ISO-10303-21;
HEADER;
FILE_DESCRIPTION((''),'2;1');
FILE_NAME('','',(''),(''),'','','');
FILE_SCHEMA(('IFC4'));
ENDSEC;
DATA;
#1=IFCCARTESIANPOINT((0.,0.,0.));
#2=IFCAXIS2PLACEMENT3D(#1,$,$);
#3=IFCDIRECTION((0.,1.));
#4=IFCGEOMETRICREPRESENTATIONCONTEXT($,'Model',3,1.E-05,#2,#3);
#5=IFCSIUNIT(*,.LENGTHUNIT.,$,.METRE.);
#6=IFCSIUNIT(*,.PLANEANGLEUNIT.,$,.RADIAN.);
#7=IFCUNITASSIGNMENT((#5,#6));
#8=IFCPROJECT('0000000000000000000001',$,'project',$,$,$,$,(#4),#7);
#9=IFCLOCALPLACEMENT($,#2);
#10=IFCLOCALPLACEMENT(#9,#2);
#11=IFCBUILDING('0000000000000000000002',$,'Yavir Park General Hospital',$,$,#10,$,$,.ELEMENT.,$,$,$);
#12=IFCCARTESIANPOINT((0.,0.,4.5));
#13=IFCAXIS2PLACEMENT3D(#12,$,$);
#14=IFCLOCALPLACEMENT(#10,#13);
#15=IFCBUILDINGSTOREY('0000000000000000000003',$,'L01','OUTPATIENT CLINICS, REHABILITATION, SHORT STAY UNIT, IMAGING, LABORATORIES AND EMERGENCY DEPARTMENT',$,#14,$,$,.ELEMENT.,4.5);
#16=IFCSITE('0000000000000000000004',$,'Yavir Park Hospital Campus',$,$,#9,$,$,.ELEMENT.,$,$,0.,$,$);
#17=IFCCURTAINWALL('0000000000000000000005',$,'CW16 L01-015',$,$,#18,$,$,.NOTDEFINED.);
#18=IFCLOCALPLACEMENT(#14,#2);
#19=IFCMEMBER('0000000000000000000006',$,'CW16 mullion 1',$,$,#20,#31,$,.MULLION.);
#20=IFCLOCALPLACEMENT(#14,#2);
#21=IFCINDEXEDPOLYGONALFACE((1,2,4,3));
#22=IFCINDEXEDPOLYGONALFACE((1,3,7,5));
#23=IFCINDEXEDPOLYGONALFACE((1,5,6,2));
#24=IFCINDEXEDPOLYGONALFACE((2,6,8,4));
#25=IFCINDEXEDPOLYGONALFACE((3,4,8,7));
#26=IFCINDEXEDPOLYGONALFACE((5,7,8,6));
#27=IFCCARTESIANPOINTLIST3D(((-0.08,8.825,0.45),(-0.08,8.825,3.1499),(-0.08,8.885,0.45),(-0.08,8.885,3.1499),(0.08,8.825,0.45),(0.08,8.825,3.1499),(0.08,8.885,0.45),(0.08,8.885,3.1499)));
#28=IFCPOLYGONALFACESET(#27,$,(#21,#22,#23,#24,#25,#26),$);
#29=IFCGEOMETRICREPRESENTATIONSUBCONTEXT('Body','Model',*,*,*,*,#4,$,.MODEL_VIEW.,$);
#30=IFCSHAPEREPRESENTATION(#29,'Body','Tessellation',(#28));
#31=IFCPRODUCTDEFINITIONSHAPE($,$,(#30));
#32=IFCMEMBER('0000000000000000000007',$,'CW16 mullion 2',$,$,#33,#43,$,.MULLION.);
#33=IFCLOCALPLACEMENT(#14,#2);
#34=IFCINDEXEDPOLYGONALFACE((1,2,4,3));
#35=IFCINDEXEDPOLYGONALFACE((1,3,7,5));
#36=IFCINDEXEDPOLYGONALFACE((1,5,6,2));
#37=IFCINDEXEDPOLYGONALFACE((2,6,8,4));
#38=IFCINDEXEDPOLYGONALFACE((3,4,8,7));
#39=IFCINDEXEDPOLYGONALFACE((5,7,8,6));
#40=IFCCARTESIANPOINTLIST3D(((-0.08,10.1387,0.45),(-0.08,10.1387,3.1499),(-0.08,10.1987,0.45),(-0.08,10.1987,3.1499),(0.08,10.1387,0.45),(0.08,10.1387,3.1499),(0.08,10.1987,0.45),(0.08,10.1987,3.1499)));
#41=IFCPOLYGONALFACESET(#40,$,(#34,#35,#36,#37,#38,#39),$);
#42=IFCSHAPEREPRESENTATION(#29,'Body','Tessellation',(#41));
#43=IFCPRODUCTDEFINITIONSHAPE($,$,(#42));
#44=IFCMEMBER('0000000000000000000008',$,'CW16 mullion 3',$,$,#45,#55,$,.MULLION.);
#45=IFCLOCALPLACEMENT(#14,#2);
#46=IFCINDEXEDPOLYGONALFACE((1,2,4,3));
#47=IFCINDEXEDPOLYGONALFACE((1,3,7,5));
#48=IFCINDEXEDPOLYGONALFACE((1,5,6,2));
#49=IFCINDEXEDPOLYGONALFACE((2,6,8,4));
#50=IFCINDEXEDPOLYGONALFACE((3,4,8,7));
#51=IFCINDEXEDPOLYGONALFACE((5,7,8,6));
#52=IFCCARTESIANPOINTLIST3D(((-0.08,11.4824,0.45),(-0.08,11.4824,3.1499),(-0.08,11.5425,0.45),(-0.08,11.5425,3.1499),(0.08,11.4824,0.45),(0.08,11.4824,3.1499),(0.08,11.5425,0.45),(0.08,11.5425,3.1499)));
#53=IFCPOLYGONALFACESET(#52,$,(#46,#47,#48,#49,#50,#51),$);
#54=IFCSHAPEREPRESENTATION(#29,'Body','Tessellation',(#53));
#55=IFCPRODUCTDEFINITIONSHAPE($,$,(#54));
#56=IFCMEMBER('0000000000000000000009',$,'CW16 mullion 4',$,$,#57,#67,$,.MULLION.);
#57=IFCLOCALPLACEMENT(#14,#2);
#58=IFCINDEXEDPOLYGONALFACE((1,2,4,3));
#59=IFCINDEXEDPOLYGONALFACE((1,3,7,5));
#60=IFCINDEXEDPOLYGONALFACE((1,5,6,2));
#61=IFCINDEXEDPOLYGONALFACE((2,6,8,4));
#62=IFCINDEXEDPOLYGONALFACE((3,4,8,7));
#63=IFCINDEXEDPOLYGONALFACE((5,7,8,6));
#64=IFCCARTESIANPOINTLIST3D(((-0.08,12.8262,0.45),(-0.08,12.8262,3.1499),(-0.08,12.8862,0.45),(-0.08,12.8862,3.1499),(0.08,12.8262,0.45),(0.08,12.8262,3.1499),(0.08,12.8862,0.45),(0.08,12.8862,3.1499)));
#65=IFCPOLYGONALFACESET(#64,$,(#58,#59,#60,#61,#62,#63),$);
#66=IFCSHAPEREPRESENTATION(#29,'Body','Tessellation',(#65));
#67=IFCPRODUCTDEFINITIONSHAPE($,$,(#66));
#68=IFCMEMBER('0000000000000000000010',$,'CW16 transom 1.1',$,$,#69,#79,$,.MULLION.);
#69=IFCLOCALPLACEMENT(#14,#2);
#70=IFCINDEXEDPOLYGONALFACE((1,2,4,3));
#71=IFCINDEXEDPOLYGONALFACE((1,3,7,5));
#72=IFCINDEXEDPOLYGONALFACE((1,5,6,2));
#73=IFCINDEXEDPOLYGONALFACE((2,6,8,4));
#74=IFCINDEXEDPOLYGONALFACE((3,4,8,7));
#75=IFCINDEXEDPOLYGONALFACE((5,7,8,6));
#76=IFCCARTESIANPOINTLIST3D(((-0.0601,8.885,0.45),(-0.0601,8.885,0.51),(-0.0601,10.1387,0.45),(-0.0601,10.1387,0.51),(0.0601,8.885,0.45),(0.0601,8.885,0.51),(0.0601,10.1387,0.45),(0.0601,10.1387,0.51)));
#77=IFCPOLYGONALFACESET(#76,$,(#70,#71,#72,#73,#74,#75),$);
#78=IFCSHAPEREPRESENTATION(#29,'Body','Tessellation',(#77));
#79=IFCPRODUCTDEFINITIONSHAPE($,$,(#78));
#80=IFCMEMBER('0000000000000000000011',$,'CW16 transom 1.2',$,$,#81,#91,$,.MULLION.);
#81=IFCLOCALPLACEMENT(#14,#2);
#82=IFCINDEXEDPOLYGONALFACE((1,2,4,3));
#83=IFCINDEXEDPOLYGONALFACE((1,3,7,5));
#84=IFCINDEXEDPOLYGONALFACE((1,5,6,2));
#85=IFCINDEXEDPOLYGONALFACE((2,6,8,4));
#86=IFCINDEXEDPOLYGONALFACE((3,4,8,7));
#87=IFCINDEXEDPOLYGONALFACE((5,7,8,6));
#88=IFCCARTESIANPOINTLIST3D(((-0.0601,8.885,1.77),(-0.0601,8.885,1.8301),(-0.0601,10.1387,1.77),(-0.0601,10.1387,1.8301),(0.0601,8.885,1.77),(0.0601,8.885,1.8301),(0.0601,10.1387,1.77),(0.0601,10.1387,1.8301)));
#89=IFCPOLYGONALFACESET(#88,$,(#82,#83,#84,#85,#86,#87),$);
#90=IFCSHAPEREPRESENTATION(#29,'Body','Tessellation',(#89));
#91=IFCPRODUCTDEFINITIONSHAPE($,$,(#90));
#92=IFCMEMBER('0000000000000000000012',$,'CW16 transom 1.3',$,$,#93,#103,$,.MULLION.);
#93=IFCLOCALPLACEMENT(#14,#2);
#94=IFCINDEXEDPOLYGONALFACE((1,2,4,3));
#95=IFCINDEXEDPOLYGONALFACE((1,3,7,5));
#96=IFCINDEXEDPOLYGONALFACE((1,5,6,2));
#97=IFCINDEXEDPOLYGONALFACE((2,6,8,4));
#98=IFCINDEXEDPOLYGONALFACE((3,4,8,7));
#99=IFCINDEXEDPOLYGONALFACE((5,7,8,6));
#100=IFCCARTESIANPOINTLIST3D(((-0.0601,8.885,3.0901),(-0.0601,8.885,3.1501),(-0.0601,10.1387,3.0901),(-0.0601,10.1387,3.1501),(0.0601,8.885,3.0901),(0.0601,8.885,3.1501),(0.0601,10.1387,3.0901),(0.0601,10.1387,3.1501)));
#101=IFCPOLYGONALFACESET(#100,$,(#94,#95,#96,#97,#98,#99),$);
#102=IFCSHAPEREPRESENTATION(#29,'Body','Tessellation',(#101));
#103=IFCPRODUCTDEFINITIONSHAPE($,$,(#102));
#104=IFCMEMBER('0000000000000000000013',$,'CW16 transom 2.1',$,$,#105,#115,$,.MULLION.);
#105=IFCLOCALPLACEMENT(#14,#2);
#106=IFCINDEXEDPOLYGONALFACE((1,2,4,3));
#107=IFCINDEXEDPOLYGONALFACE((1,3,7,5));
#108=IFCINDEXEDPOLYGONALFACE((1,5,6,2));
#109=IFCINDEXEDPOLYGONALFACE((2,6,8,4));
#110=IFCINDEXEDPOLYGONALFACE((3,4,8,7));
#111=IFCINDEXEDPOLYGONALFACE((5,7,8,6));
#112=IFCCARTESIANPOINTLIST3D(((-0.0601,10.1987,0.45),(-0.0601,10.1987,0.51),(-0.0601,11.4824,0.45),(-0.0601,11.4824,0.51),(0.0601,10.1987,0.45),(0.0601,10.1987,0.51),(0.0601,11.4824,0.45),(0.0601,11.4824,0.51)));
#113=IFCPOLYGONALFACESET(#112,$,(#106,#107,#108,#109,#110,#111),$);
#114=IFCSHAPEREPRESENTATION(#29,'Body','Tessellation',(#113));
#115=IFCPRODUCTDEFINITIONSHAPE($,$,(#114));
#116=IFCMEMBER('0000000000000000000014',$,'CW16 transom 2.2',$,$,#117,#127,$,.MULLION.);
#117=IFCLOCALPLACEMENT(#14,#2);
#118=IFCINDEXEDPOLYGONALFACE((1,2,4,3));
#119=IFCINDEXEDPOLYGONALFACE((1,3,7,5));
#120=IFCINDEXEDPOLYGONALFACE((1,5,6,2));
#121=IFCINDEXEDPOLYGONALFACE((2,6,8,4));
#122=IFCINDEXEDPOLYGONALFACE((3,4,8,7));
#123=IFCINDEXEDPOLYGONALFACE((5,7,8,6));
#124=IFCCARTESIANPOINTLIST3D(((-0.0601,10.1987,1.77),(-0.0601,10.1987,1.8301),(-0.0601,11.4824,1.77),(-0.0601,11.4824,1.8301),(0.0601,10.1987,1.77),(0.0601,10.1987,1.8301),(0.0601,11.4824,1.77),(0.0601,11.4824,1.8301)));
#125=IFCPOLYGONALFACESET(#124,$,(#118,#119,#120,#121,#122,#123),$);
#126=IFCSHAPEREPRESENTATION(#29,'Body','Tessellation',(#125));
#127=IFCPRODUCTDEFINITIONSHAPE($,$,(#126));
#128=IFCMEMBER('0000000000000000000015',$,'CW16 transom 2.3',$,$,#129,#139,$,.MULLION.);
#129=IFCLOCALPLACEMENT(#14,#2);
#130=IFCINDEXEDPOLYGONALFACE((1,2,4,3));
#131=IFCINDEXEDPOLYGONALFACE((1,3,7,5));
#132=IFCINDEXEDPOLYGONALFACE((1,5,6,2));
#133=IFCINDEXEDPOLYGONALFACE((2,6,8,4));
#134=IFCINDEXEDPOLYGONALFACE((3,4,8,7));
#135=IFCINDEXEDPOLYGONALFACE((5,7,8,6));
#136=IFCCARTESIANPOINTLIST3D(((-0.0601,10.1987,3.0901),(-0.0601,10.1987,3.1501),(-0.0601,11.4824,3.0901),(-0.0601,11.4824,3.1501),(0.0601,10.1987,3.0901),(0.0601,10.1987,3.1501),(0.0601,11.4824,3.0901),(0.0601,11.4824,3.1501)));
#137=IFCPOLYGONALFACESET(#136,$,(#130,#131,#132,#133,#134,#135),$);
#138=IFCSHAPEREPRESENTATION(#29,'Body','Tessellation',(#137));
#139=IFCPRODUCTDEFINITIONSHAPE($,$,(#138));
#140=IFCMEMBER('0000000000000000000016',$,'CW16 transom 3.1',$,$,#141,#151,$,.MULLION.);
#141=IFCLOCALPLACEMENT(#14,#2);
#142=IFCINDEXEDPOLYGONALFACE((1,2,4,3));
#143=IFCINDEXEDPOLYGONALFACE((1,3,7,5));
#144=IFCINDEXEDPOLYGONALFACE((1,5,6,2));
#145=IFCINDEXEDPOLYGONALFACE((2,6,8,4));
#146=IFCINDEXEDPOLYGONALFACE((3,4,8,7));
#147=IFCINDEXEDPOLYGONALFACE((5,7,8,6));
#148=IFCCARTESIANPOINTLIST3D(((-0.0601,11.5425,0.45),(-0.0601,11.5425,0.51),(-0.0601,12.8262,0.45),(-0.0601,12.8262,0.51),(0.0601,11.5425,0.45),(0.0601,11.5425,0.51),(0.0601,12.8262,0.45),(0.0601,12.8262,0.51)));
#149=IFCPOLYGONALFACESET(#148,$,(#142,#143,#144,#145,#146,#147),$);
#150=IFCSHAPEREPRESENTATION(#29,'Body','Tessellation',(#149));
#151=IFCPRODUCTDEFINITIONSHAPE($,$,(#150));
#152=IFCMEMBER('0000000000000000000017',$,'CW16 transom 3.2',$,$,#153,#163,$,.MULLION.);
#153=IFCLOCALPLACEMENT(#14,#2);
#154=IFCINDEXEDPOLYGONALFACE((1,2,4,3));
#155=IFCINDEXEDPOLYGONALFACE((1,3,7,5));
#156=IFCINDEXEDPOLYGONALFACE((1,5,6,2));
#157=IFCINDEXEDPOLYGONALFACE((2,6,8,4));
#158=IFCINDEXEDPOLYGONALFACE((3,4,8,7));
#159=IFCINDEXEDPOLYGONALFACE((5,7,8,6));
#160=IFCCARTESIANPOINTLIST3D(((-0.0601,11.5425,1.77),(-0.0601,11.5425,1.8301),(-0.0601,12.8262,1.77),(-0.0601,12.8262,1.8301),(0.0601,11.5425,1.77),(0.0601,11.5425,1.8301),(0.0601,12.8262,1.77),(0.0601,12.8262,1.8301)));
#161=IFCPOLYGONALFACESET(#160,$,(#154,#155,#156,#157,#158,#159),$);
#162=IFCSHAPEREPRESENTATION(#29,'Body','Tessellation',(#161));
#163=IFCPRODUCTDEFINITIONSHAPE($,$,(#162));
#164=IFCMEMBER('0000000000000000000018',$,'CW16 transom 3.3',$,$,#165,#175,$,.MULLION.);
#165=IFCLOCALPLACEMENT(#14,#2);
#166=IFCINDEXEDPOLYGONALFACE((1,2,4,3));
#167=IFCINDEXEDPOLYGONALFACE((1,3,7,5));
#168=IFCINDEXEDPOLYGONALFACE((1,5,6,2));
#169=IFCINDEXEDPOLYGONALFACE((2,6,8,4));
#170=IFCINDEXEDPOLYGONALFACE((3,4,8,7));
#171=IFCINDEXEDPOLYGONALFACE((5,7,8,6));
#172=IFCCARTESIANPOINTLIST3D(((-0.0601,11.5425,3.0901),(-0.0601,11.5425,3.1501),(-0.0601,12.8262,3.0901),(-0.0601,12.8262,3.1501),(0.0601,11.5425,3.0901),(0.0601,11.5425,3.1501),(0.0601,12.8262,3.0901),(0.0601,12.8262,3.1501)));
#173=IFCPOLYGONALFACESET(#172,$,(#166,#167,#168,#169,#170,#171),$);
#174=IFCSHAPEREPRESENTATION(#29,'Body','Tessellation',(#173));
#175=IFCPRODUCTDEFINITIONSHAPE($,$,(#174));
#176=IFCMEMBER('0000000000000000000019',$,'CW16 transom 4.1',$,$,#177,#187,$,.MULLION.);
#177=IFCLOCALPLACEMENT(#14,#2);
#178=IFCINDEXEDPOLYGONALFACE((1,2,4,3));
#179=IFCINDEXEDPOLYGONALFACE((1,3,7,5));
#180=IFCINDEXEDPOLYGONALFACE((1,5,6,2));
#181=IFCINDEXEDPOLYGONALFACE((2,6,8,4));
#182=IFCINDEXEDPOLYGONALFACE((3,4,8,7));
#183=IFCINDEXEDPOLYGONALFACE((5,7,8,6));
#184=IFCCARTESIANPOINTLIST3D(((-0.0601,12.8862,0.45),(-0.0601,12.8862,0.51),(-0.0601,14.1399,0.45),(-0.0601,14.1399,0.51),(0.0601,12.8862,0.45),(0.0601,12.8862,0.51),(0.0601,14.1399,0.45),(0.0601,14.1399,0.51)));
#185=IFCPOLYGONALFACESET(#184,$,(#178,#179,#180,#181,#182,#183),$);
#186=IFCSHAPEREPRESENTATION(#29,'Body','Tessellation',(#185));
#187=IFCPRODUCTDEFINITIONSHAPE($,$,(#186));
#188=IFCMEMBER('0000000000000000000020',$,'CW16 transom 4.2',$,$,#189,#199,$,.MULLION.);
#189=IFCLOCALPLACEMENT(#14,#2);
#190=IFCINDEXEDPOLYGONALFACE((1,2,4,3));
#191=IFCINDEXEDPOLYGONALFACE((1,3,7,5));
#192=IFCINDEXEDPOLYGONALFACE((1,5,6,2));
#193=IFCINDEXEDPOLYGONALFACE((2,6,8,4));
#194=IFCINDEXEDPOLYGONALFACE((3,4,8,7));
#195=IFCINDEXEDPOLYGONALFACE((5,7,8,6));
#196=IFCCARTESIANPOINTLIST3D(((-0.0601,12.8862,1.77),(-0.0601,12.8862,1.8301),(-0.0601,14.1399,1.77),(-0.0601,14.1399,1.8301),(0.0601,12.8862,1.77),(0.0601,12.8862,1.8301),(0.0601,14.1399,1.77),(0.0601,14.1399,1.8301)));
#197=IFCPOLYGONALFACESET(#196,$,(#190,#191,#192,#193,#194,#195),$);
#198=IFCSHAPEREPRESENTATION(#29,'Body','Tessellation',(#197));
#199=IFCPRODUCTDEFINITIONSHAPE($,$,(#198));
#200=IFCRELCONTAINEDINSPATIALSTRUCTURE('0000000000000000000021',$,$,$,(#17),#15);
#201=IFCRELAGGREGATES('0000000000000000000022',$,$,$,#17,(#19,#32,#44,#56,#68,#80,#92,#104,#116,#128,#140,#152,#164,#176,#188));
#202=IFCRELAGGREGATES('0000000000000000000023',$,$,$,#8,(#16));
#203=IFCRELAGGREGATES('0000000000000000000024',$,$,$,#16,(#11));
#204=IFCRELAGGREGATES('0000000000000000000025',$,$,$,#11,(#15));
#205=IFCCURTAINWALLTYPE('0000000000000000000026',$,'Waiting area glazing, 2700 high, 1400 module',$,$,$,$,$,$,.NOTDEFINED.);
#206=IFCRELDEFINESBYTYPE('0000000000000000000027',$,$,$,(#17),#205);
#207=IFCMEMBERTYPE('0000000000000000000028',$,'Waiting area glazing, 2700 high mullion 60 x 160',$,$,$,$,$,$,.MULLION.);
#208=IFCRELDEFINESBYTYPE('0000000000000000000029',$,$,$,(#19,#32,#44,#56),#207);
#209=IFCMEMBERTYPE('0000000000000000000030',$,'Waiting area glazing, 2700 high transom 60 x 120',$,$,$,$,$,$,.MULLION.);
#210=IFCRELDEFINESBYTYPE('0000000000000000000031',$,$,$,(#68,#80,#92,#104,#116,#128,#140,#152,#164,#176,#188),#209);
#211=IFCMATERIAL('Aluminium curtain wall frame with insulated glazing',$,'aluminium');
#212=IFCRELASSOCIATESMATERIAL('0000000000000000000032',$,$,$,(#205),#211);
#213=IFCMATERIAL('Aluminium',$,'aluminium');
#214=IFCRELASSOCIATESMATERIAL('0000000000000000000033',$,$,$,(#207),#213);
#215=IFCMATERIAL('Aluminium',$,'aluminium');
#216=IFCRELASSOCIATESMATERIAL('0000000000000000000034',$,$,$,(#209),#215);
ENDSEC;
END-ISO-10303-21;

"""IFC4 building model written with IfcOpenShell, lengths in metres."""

from ifc_helpers import new_model, si_unit, direction, frame, origin, origin_2d, place, context, subcontext, project, spatial, rectangle, extrude, material, material_profile, profile_set, type_object, element, aggregate, save


model = new_model("IFC4")

# Units and contexts
model_context = context("Model", 3, precision=1e-05, world=origin(), true_north=direction((0.0, 1.0)))
body_context = subcontext(model_context, "Body", "Model", "MODEL_VIEW")
ifc_project = project(units=[si_unit("LENGTHUNIT", "METRE"), si_unit("PLANEANGLEUNIT", "RADIAN")], contexts=[model_context])

# Site, building, storey
site_placement = place(None, origin())
site = spatial("IfcSite", under=ifc_project, at=site_placement, Name="Yavir Park Hospital Campus", CompositionType="ELEMENT", RefElevation=0.0)
building_placement = place(site_placement, origin())
building = spatial("IfcBuilding", under=site, at=building_placement, Name="Yavir Park General Hospital", CompositionType="ELEMENT")
storey_placement = place(building_placement, frame((0.0, 0.0, 4.5)))
storey = spatial("IfcBuildingStorey", under=building, at=storey_placement, Name="L01", Description="OUTPATIENT CLINICS, REHABILITATION, SHORT STAY UNIT, IMAGING, LABORATORIES AND EMERGENCY DEPARTMENT", CompositionType="ELEMENT", Elevation=4.5)

# Curtain wall, members
ifc_material_1 = material(Name="Aluminium curtain wall frame with insulated glazing", Category="aluminium")
curtain_wall_type = type_object("IfcCurtainWallType", Name="Waiting area glazing, 2700 high, 1400 module", PredefinedType="NOTDEFINED", material=ifc_material_1)
curtain_wall_placement = place(storey_placement, origin())
curtain_wall = element("IfcCurtainWall", 1, at=curtain_wall_placement, inside=storey, type_object=curtain_wall_type, Name="CW16 L01-015", PredefinedType="NOTDEFINED")
ifc_material_2 = material(Name="Aluminium", Category="aluminium")
ifc_material_profile_1 = material_profile(ifc_material_2, rectangle(XDim=0.1599, YDim=0.0601, at=origin_2d()), Name="AL 60x160")
ifc_profile_set_1 = profile_set([ifc_material_profile_1], Name="Aluminium")
member_type_1 = type_object("IfcMemberType", Name="Waiting area glazing, 2700 high mullion 60 x 160", PredefinedType="MULLION", material=ifc_profile_set_1)
member_1_placement = place(storey_placement, frame((0.0, 8.855, 0.45), z_axis=(0.0, 0.0, 1.0), x_axis=(-1.0, 0.0, 0.0)))
member_1 = element("IfcMember", 2, at=member_1_placement, type_object=member_type_1, Name="CW16 mullion 1", PredefinedType="MULLION", context=body_context, shape_type="SweptSolid", body=[
    extrude(rectangle(XDim=0.1599, YDim=0.0601, at=origin_2d()), origin(), (0.0, 0.0, 1.0), 2.7),
])
member_2_placement = place(storey_placement, frame((0.0, 10.1687, 0.45), z_axis=(0.0, 0.0, 1.0), x_axis=(-1.0, 0.0, 0.0)))
member_2 = element("IfcMember", 3, at=member_2_placement, type_object=member_type_1, Name="CW16 mullion 2", PredefinedType="MULLION", context=body_context, shape_type="SweptSolid", body=[
    extrude(rectangle(XDim=0.1599, YDim=0.0601, at=origin_2d()), origin(), (0.0, 0.0, 1.0), 2.7),
])
member_3_placement = place(storey_placement, frame((0.0, 11.5125, 0.45), z_axis=(0.0, 0.0, 1.0), x_axis=(-1.0, 0.0, 0.0)))
member_3 = element("IfcMember", 4, at=member_3_placement, type_object=member_type_1, Name="CW16 mullion 3", PredefinedType="MULLION", context=body_context, shape_type="SweptSolid", body=[
    extrude(rectangle(XDim=0.1599, YDim=0.0601, at=origin_2d()), origin(), (0.0, 0.0, 1.0), 2.7),
])
member_4_placement = place(storey_placement, frame((0.0, 12.8562, 0.45), z_axis=(0.0, 0.0, 1.0), x_axis=(-1.0, 0.0, 0.0)))
member_4 = element("IfcMember", 5, at=member_4_placement, type_object=member_type_1, Name="CW16 mullion 4", PredefinedType="MULLION", context=body_context, shape_type="SweptSolid", body=[
    extrude(rectangle(XDim=0.1599, YDim=0.0601, at=origin_2d()), origin(), (0.0, 0.0, 1.0), 2.7),
])
ifc_material_3 = material(Name="Aluminium", Category="aluminium")
ifc_material_profile_2 = material_profile(ifc_material_3, rectangle(XDim=0.1201, YDim=0.0601, at=origin_2d()), Name="AL 120x60")
ifc_profile_set_2 = profile_set([ifc_material_profile_2], Name="Aluminium")
member_type_2 = type_object("IfcMemberType", Name="Waiting area glazing, 2700 high transom 60 x 120", PredefinedType="MULLION", material=ifc_profile_set_2)
member_5_placement = place(storey_placement, frame((0.0, 8.885, 0.48), z_axis=(0.0, 1.0, 0.0), x_axis=(-1.0, 0.0, 0.0)))
member_5 = element("IfcMember", 6, at=member_5_placement, type_object=member_type_2, Name="CW16 transom 1.1", PredefinedType="MULLION", context=body_context, shape_type="SweptSolid", body=[
    extrude(rectangle(XDim=0.1201, YDim=0.0601, at=origin_2d()), origin(), (0.0, 0.0, 1.0), 1.2537),
])
member_6_placement = place(storey_placement, frame((0.0, 8.885, 1.8), z_axis=(0.0, 1.0, 0.0), x_axis=(-1.0, 0.0, 0.0)))
member_6 = element("IfcMember", 7, at=member_6_placement, type_object=member_type_2, Name="CW16 transom 1.2", PredefinedType="MULLION", context=body_context, shape_type="SweptSolid", body=[
    extrude(rectangle(XDim=0.1201, YDim=0.0601, at=origin_2d()), origin(), (0.0, 0.0, 1.0), 1.2537),
])
member_7_placement = place(storey_placement, frame((0.0, 8.885, 3.1201), z_axis=(0.0, 1.0, 0.0), x_axis=(-1.0, 0.0, 0.0)))
member_7 = element("IfcMember", 8, at=member_7_placement, type_object=member_type_2, Name="CW16 transom 1.3", PredefinedType="MULLION", context=body_context, shape_type="SweptSolid", body=[
    extrude(rectangle(XDim=0.1201, YDim=0.0601, at=origin_2d()), origin(), (0.0, 0.0, 1.0), 1.2537),
])
member_8_placement = place(storey_placement, frame((0.0, 10.1987, 0.48), z_axis=(0.0, 1.0, 0.0), x_axis=(-1.0, 0.0, 0.0)))
member_8 = element("IfcMember", 9, at=member_8_placement, type_object=member_type_2, Name="CW16 transom 2.1", PredefinedType="MULLION", context=body_context, shape_type="SweptSolid", body=[
    extrude(rectangle(XDim=0.1201, YDim=0.0601, at=origin_2d()), origin(), (0.0, 0.0, 1.0), 1.2837),
])
member_9_placement = place(storey_placement, frame((0.0, 10.1987, 1.8), z_axis=(0.0, 1.0, 0.0), x_axis=(-1.0, 0.0, 0.0)))
member_9 = element("IfcMember", 10, at=member_9_placement, type_object=member_type_2, Name="CW16 transom 2.2", PredefinedType="MULLION", context=body_context, shape_type="SweptSolid", body=[
    extrude(rectangle(XDim=0.1201, YDim=0.0601, at=origin_2d()), origin(), (0.0, 0.0, 1.0), 1.2837),
])
member_10_placement = place(storey_placement, frame((0.0, 10.1987, 3.1201), z_axis=(0.0, 1.0, 0.0), x_axis=(-1.0, 0.0, 0.0)))
member_10 = element("IfcMember", 11, at=member_10_placement, type_object=member_type_2, Name="CW16 transom 2.3", PredefinedType="MULLION", context=body_context, shape_type="SweptSolid", body=[
    extrude(rectangle(XDim=0.1201, YDim=0.0601, at=origin_2d()), origin(), (0.0, 0.0, 1.0), 1.2837),
])
member_11_placement = place(storey_placement, frame((0.0, 11.5425, 0.48), z_axis=(0.0, 1.0, 0.0), x_axis=(-1.0, 0.0, 0.0)))
member_11 = element("IfcMember", 12, at=member_11_placement, type_object=member_type_2, Name="CW16 transom 3.1", PredefinedType="MULLION", context=body_context, shape_type="SweptSolid", body=[
    extrude(rectangle(XDim=0.1201, YDim=0.0601, at=origin_2d()), origin(), (0.0, 0.0, 1.0), 1.2837),
])
member_12_placement = place(storey_placement, frame((0.0, 11.5425, 1.8), z_axis=(0.0, 1.0, 0.0), x_axis=(-1.0, 0.0, 0.0)))
member_12 = element("IfcMember", 13, at=member_12_placement, type_object=member_type_2, Name="CW16 transom 3.2", PredefinedType="MULLION", context=body_context, shape_type="SweptSolid", body=[
    extrude(rectangle(XDim=0.1201, YDim=0.0601, at=origin_2d()), origin(), (0.0, 0.0, 1.0), 1.2837),
])
member_13_placement = place(storey_placement, frame((0.0, 11.5425, 3.1201), z_axis=(0.0, 1.0, 0.0), x_axis=(-1.0, 0.0, 0.0)))
member_13 = element("IfcMember", 14, at=member_13_placement, type_object=member_type_2, Name="CW16 transom 3.3", PredefinedType="MULLION", context=body_context, shape_type="SweptSolid", body=[
    extrude(rectangle(XDim=0.1201, YDim=0.0601, at=origin_2d()), origin(), (0.0, 0.0, 1.0), 1.2837),
])
member_14_placement = place(storey_placement, frame((0.0, 12.8862, 0.48), z_axis=(0.0, 1.0, 0.0), x_axis=(-1.0, 0.0, 0.0)))
member_14 = element("IfcMember", 15, at=member_14_placement, type_object=member_type_2, Name="CW16 transom 4.1", PredefinedType="MULLION", context=body_context, shape_type="SweptSolid", body=[
    extrude(rectangle(XDim=0.1201, YDim=0.0601, at=origin_2d()), origin(), (0.0, 0.0, 1.0), 1.2537),
])
member_15_placement = place(storey_placement, frame((0.0, 12.8862, 1.8), z_axis=(0.0, 1.0, 0.0), x_axis=(-1.0, 0.0, 0.0)))
member_15 = element("IfcMember", 16, at=member_15_placement, type_object=member_type_2, Name="CW16 transom 4.2", PredefinedType="MULLION", context=body_context, shape_type="SweptSolid", body=[
    extrude(rectangle(XDim=0.1201, YDim=0.0601, at=origin_2d()), origin(), (0.0, 0.0, 1.0), 1.2537),
])
aggregate(curtain_wall, [member_1, member_2, member_3, member_4, member_5, member_6, member_7, member_8, member_9, member_10, member_11, member_12, member_13, member_14, member_15])

save(model, "model.ifc")
